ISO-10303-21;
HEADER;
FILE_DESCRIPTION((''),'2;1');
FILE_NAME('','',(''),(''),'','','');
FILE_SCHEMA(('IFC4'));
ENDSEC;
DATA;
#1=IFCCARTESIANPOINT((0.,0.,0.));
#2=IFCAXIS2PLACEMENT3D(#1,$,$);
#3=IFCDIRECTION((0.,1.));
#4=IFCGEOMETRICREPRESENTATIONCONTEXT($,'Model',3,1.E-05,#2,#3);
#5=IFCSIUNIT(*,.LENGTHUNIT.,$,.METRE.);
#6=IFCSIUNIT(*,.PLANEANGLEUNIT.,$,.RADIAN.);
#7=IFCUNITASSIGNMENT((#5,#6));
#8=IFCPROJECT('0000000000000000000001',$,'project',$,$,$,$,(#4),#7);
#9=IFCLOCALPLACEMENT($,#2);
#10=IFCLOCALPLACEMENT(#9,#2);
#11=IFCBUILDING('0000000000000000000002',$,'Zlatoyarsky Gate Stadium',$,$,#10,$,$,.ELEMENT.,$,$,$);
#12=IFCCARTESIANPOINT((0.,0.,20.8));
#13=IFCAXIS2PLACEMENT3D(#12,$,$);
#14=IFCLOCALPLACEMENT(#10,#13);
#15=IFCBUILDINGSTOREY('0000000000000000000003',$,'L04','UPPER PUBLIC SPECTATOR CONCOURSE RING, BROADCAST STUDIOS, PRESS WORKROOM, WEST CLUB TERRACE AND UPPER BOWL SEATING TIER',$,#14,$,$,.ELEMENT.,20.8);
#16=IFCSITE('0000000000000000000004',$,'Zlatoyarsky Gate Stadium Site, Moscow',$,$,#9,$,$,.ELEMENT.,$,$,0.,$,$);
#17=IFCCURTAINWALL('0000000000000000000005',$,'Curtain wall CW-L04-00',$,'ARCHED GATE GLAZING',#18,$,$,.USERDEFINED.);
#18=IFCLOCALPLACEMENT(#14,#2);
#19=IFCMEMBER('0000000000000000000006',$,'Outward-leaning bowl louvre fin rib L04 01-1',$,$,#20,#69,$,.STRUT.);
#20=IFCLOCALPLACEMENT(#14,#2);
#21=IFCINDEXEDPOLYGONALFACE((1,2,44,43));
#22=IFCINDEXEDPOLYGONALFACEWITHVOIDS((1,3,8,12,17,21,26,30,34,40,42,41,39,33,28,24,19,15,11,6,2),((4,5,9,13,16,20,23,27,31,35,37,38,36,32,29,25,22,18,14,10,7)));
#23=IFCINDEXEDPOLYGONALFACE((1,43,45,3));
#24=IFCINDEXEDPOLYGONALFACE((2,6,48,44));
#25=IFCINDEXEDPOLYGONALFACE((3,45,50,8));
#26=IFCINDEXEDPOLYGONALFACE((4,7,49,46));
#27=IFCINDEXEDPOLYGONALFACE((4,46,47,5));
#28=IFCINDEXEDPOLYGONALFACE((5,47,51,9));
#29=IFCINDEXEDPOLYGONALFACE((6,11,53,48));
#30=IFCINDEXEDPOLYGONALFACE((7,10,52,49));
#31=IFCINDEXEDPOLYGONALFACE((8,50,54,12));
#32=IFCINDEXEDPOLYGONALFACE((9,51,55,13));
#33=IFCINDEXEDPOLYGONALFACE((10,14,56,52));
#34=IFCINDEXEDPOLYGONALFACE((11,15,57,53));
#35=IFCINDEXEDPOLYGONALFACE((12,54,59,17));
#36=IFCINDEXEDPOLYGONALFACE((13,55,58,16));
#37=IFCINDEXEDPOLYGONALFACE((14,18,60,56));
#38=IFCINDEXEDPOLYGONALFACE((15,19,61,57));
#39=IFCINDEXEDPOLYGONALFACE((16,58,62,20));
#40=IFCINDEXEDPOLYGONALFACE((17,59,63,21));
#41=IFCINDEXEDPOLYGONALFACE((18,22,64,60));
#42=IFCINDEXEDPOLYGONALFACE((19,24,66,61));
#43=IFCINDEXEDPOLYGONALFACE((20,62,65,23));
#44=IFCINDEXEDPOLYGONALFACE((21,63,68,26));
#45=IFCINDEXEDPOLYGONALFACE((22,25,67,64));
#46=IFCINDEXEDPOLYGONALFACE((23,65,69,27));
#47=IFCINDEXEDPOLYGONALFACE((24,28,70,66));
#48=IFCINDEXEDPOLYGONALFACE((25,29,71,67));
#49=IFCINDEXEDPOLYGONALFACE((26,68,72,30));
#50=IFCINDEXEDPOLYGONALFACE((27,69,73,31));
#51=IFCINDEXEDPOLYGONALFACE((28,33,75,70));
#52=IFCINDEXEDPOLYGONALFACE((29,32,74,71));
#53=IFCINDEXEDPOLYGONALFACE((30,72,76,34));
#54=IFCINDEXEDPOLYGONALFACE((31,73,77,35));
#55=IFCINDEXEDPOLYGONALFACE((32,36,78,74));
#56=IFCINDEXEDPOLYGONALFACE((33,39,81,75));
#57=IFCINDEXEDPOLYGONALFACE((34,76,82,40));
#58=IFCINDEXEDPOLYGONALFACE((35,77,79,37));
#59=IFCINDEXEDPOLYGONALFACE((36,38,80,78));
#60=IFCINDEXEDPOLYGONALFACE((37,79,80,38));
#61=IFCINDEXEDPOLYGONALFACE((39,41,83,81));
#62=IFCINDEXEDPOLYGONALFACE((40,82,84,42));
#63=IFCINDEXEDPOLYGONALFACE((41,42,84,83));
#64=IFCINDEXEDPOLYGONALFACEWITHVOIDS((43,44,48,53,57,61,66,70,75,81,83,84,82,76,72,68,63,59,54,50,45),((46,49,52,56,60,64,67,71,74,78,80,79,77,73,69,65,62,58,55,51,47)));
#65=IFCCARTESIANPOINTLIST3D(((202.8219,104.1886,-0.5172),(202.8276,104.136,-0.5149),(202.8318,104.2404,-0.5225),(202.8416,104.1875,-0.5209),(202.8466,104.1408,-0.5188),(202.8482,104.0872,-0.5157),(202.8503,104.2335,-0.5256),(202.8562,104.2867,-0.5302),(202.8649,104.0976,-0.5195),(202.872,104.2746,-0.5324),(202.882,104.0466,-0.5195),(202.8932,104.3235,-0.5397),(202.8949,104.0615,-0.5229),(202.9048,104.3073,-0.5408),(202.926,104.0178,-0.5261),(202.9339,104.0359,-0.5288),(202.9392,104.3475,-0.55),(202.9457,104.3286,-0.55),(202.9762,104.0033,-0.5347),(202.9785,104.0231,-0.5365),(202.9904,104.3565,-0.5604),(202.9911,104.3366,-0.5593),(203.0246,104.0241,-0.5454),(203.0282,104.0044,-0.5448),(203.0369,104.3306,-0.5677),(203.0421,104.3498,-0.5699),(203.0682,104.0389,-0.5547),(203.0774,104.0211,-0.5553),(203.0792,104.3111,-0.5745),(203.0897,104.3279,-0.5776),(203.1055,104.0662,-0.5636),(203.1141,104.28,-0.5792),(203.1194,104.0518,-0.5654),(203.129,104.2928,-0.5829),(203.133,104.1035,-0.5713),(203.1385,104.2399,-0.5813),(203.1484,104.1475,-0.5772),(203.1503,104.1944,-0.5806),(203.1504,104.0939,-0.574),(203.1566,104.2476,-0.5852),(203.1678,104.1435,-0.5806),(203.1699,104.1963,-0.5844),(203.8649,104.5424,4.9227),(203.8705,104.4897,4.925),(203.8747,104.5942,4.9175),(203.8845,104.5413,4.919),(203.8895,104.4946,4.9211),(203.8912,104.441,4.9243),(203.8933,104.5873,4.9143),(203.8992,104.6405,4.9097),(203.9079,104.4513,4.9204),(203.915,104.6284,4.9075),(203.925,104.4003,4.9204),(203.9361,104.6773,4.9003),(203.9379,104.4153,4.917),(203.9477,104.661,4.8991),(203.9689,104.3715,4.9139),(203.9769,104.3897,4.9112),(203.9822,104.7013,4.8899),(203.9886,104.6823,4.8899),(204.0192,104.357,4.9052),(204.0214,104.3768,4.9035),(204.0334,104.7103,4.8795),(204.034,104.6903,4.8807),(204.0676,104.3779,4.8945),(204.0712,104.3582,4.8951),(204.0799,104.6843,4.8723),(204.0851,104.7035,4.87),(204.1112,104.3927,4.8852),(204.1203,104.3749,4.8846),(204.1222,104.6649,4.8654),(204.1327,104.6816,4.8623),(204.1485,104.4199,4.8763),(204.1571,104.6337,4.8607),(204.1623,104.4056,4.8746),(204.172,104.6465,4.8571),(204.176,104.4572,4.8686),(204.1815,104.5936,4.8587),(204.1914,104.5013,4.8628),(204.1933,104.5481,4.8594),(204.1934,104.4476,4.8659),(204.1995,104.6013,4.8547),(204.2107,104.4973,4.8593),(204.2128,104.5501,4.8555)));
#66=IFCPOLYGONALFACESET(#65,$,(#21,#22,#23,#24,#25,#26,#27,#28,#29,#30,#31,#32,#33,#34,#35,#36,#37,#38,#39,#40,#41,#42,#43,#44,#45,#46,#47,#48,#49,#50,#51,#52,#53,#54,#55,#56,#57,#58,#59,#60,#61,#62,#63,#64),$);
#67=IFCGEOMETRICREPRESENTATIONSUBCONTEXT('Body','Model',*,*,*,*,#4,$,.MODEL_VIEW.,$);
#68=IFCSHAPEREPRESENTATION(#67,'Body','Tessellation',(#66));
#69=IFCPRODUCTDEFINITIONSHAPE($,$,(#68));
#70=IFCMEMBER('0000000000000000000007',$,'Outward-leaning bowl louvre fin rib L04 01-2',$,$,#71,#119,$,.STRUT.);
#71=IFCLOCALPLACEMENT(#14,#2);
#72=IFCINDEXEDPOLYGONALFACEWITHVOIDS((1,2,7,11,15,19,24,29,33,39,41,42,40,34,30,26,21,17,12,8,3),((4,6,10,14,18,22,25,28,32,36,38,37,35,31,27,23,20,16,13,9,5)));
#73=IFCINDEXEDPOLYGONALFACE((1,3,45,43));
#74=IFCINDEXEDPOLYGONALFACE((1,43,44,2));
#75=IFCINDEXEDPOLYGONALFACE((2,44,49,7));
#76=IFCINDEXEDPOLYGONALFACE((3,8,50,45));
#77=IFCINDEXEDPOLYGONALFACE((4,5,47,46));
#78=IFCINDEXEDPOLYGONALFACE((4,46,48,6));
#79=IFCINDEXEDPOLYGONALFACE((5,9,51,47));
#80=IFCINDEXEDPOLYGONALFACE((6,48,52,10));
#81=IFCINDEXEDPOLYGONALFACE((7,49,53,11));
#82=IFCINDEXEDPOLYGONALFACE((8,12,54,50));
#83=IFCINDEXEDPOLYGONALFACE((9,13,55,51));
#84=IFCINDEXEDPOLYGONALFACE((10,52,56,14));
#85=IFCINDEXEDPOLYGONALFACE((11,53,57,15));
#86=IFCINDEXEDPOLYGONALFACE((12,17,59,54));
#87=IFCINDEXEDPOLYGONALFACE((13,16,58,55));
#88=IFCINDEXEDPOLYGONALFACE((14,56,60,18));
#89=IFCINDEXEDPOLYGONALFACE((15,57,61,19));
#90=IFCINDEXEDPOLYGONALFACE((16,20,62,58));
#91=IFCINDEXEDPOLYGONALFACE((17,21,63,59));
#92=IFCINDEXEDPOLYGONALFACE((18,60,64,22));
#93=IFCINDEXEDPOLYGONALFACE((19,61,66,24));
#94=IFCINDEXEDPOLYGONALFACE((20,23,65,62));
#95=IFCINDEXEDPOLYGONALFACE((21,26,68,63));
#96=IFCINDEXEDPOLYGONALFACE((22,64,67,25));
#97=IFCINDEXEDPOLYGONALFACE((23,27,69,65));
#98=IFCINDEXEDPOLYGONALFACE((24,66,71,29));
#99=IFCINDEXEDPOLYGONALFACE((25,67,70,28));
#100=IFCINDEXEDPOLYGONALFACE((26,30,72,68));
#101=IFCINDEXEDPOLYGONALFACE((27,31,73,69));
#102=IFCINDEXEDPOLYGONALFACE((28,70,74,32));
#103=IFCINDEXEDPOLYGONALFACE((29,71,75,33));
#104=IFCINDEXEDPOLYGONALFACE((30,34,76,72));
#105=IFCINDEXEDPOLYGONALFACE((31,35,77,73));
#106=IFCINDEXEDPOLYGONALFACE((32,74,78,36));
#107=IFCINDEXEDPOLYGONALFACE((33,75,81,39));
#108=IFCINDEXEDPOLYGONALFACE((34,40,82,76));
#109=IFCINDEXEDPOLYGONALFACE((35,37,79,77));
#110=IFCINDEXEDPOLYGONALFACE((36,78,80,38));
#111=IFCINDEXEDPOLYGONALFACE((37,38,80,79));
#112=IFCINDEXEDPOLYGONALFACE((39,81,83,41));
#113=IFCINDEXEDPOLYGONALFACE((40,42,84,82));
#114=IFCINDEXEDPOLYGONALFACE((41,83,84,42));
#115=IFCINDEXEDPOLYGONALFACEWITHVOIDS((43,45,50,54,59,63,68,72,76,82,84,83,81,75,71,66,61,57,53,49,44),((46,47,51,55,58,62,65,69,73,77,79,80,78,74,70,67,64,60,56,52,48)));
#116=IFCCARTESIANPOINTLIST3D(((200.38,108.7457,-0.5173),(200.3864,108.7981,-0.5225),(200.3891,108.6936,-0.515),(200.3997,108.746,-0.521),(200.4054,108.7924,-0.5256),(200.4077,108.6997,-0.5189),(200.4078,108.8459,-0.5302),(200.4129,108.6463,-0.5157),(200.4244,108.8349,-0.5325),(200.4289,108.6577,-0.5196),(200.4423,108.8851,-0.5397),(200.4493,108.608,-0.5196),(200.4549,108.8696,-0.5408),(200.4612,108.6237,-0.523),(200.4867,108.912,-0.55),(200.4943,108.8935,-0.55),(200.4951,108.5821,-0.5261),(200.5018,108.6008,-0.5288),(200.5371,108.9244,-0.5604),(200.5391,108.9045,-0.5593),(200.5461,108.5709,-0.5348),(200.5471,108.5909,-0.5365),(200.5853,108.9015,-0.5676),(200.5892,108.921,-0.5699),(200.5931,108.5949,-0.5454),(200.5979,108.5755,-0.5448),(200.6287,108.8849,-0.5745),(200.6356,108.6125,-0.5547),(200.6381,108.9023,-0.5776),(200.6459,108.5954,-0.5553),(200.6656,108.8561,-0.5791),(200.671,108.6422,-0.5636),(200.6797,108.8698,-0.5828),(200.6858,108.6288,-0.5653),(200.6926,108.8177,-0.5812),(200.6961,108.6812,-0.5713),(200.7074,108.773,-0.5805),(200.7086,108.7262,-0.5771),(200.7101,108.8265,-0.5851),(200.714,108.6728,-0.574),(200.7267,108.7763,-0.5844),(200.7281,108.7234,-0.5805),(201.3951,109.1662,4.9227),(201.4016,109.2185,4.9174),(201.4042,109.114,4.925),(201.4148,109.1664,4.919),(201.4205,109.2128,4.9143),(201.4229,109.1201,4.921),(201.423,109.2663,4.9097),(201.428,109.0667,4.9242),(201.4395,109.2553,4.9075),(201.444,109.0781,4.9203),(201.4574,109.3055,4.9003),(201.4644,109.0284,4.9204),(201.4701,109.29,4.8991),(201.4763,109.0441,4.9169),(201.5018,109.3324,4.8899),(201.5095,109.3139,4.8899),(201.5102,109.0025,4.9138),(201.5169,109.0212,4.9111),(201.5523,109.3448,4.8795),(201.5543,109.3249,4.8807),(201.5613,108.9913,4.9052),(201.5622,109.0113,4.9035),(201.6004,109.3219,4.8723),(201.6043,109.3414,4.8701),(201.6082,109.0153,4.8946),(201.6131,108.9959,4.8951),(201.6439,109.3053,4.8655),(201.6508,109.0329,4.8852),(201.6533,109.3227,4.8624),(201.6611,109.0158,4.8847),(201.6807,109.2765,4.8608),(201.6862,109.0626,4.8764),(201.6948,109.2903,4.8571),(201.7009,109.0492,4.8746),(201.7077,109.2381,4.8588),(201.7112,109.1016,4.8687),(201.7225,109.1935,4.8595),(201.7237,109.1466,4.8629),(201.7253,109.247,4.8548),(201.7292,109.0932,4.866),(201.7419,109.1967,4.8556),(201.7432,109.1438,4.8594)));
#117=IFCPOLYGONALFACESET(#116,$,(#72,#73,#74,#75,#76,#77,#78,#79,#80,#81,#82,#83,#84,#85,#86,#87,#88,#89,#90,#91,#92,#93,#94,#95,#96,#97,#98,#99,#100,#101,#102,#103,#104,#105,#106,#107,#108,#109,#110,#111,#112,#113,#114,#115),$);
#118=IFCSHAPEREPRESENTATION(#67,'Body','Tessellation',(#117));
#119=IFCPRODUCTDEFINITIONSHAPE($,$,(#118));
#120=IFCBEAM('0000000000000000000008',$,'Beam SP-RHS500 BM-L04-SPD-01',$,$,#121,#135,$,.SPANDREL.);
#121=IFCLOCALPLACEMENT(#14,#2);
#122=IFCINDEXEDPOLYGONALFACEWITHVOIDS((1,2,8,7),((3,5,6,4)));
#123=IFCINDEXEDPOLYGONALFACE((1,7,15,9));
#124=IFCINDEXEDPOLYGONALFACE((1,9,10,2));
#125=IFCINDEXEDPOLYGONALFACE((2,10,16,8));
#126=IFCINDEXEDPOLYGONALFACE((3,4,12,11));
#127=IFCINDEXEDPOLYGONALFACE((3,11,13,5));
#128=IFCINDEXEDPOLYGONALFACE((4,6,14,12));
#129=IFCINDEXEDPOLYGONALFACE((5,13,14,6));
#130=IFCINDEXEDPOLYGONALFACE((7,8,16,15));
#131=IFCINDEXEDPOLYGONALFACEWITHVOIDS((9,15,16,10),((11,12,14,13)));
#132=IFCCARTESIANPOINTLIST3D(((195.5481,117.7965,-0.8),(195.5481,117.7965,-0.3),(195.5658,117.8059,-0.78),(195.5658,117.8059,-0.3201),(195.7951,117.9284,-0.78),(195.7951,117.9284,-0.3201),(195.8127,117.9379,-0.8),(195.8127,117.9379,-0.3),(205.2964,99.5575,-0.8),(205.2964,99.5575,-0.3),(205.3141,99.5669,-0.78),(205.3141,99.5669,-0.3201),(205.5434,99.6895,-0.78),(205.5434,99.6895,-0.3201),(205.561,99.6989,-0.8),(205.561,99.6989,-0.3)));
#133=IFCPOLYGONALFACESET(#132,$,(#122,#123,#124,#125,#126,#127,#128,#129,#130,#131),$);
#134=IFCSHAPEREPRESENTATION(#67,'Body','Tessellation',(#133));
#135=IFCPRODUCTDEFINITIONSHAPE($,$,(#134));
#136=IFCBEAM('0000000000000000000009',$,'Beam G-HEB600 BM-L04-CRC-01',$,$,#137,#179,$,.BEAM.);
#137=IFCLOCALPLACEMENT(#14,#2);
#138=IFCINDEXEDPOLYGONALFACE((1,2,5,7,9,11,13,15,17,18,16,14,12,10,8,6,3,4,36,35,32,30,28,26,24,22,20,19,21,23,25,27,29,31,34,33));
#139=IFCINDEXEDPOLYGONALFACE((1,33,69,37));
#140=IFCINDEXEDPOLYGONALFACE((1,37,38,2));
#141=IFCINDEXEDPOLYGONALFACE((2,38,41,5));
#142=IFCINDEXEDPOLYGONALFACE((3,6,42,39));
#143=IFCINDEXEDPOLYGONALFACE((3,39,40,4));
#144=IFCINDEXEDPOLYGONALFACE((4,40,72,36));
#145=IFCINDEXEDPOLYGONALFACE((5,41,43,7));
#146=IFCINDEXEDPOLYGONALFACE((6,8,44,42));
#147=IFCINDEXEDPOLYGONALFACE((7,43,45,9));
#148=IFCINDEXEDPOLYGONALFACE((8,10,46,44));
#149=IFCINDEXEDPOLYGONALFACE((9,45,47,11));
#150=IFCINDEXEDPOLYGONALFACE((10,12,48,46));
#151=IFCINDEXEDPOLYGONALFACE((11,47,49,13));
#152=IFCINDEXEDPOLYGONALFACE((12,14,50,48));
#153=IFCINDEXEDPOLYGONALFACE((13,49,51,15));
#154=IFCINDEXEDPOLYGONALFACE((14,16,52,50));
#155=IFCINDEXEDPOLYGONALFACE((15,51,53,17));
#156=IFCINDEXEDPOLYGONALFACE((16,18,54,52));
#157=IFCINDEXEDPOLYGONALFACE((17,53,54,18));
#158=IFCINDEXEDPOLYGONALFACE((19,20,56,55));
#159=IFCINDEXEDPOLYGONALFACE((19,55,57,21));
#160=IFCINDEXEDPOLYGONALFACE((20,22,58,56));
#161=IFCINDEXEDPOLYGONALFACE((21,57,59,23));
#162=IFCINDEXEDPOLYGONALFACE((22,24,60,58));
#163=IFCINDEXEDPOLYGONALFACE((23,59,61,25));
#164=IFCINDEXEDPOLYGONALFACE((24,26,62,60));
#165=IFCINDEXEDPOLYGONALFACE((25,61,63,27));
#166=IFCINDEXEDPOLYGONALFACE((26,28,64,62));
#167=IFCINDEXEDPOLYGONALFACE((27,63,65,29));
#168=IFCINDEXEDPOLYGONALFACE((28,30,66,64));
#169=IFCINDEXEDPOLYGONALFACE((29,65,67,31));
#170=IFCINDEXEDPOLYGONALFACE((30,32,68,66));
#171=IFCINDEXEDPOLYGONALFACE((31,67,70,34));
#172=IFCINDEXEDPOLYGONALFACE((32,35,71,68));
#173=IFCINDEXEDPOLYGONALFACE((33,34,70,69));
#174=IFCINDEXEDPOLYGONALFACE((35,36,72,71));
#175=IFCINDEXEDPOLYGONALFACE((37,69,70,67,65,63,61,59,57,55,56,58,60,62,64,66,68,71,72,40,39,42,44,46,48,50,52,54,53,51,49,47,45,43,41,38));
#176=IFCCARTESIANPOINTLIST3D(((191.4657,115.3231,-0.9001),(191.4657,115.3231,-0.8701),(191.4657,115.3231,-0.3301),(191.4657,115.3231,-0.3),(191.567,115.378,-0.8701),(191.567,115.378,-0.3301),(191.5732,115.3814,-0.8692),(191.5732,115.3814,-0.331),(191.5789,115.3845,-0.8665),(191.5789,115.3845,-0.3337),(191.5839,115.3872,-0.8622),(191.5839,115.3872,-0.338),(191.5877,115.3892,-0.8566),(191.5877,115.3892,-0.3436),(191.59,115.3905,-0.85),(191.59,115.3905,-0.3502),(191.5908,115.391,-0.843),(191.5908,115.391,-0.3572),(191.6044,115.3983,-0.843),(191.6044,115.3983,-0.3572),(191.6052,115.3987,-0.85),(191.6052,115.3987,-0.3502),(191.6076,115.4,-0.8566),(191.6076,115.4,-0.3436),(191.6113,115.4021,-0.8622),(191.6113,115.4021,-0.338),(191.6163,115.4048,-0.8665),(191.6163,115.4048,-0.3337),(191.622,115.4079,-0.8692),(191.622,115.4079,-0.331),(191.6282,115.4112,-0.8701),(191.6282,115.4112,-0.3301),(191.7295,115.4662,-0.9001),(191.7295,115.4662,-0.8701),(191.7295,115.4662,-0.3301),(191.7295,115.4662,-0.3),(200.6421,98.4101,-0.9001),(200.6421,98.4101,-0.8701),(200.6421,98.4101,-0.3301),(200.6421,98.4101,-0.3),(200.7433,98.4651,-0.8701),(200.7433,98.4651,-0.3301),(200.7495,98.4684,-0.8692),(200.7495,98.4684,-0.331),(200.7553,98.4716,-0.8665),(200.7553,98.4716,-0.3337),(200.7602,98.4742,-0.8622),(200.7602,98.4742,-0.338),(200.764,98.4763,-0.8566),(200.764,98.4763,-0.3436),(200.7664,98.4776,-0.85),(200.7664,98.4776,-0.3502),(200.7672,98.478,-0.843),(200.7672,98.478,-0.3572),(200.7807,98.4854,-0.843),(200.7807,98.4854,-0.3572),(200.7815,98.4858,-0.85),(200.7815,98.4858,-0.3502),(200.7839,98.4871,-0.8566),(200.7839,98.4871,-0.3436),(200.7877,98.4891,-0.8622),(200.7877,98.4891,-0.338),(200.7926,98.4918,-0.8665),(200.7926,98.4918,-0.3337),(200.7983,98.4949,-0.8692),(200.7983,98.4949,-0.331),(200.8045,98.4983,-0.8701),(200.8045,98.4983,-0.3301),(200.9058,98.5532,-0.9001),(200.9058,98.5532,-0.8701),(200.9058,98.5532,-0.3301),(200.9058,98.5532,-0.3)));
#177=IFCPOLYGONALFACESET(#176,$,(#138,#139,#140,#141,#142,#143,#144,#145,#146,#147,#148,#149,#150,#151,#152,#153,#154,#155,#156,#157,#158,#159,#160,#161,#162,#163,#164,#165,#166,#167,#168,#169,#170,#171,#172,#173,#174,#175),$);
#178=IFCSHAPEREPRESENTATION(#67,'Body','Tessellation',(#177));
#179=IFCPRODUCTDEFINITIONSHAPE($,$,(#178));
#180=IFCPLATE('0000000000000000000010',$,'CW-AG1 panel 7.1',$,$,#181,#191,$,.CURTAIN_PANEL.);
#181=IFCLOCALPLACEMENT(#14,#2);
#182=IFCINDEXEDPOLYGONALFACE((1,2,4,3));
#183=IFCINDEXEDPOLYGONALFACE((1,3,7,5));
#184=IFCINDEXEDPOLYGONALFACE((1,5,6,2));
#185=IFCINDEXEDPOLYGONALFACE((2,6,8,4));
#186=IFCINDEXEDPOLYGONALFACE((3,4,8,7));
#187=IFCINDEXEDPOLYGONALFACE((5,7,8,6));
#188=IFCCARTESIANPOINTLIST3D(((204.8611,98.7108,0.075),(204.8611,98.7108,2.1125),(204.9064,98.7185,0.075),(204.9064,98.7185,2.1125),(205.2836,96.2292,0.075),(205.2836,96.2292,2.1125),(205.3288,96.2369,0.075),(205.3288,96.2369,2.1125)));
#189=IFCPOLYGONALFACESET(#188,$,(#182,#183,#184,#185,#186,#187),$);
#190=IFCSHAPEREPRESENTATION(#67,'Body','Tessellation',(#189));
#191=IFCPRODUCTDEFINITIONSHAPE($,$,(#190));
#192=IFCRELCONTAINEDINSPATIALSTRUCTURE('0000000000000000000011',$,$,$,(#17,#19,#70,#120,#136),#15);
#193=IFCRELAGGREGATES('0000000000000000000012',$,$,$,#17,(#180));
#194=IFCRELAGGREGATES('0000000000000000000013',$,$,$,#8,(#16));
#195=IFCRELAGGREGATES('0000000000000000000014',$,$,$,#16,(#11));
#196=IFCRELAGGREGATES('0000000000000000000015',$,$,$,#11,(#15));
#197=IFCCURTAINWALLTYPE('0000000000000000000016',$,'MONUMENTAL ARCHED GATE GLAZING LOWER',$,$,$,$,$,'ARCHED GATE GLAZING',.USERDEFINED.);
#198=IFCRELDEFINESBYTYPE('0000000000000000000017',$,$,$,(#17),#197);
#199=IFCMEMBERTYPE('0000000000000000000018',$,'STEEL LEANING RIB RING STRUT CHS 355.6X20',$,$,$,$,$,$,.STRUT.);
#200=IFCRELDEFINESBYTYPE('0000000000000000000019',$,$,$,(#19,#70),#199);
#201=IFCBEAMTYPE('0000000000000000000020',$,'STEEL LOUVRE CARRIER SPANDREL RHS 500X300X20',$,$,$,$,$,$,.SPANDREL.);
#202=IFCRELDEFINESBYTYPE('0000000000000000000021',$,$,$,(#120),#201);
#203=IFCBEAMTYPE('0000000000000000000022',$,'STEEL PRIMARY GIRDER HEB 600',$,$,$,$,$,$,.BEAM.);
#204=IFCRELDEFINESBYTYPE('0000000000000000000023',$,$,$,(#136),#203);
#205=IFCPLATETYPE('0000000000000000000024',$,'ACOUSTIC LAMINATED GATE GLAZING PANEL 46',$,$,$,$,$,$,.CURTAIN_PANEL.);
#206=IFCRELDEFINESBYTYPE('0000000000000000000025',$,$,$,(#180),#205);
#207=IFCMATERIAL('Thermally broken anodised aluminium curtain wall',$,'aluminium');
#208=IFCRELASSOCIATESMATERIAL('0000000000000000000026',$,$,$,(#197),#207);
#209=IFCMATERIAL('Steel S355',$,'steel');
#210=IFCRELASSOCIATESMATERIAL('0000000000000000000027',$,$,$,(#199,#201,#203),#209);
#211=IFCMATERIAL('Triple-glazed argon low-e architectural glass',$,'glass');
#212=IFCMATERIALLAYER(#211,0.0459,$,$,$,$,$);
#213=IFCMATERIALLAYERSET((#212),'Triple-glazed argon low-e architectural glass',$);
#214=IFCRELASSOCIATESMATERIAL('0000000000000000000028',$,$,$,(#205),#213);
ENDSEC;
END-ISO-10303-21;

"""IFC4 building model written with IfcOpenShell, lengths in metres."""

from ifc_helpers import new_model, si_unit, direction, frame, origin, origin_2d, place, context, subcontext, project, spatial, rectangle, hollow_rectangle, hollow_circle, i_section, extrude, material, layer, layer_set, material_profile, profile_set, type_object, element, aggregate, save


model = new_model("IFC4")

# Units and contexts
model_context = context("Model", 3, precision=1e-05, world=origin(), true_north=direction((0.0, 1.0)))
body_context = subcontext(model_context, "Body", "Model", "MODEL_VIEW")
ifc_project = project(units=[si_unit("LENGTHUNIT", "METRE"), si_unit("PLANEANGLEUNIT", "RADIAN")], contexts=[model_context])

# Site, building, storey
site_placement = place(None, origin())
site = spatial("IfcSite", under=ifc_project, at=site_placement, Name="Zlatoyarsky Gate Stadium Site, Moscow", CompositionType="ELEMENT", RefElevation=0.0)
building_placement = place(site_placement, origin())
building = spatial("IfcBuilding", under=site, at=building_placement, Name="Zlatoyarsky Gate Stadium", CompositionType="ELEMENT")
storey_placement = place(building_placement, frame((0.0, 0.0, 20.8)))
storey = spatial("IfcBuildingStorey", under=building, at=storey_placement, Name="L04", Description="UPPER PUBLIC SPECTATOR CONCOURSE RING, BROADCAST STUDIOS, PRESS WORKROOM, WEST CLUB TERRACE AND UPPER BOWL SEATING TIER", CompositionType="ELEMENT", Elevation=20.8)

# Shared definitions
ifc_material_1 = material(Name="Steel S355", Category="steel")

# Curtain wall
ifc_material_2 = material(Name="Thermally broken anodised aluminium curtain wall", Category="aluminium")
curtain_wall_type_1 = type_object("IfcCurtainWallType", Name="MONUMENTAL ARCHED GATE GLAZING LOWER", ElementType="ARCHED GATE GLAZING", PredefinedType="USERDEFINED", material=ifc_material_2)
curtain_wall_1_placement = place(storey_placement, origin())
curtain_wall_1 = element("IfcCurtainWall", 1, at=curtain_wall_1_placement, inside=storey, type_object=curtain_wall_type_1, Name="Curtain wall CW-L04-00", ObjectType="ARCHED GATE GLAZING", PredefinedType="USERDEFINED")

# Members
ifc_material_profile_1 = material_profile(ifc_material_1, hollow_circle(Radius=0.1777, WallThickness=0.02, at=origin_2d()), Name="CHS 355.6X20")
ifc_profile_set_1 = profile_set([ifc_material_profile_1], Name="Steel S355")
member_type_1 = type_object("IfcMemberType", Name="STEEL LEANING RIB RING STRUT CHS 355.6X20", PredefinedType="STRUT", material=ifc_profile_set_1)
member_1_placement = place(storey_placement, frame((202.9963, 104.1792, -0.55), z_axis=(0.187912, 0.063737, 0.980116), x_axis=(-0.321211, 0.947008, 0.0)))
element("IfcMember", 2, at=member_1_placement, inside=storey, type_object=member_type_1, Name="Outward-leaning bowl louvre fin rib L04 01-1", PredefinedType="STRUT", context=body_context, shape_type="SweptSolid", body=[
    extrude(hollow_circle(Radius=0.1777, WallThickness=0.02, at=origin_2d()), origin(), (0.0, 0.0, 1.0), 5.5503),
])
member_2_placement = place(storey_placement, frame((200.5547, 108.7478, -0.55), z_axis=(0.182914, 0.075752, 0.980206), x_axis=(-0.382627, 0.923903, 0.0)))
element("IfcMember", 3, at=member_2_placement, inside=storey, type_object=member_type_1, Name="Outward-leaning bowl louvre fin rib L04 01-2", PredefinedType="STRUT", context=body_context, shape_type="SweptSolid", body=[
    extrude(hollow_circle(Radius=0.1777, WallThickness=0.02, at=origin_2d()), origin(), (0.0, 0.0, 1.0), 5.5498),
])

# Beams
ifc_material_profile_2 = material_profile(ifc_material_1, hollow_rectangle(XDim=0.3, YDim=0.5, WallThickness=0.02, at=origin_2d()), Name="RHS 500X300X20")
ifc_profile_set_2 = profile_set([ifc_material_profile_2], Name="Steel S355")
beam_type_1 = type_object("IfcBeamType", Name="STEEL LOUVRE CARRIER SPANDREL RHS 500X300X20", PredefinedType="SPANDREL", material=ifc_profile_set_2)
beam_1_placement = place(storey_placement, frame((205.4287, 99.6282, -0.55), z_axis=(-0.471372, 0.881935, 0.0), x_axis=(-0.881935, -0.471372, 0.0)))
element("IfcBeam", 4, at=beam_1_placement, inside=storey, type_object=beam_type_1, Name="Beam SP-RHS500 BM-L04-SPD-01", PredefinedType="SPANDREL", context=body_context, shape_type="SweptSolid", body=[
    extrude(hollow_rectangle(XDim=0.3, YDim=0.5, WallThickness=0.02, at=origin_2d()), origin(), (0.0, 0.0, 1.0), 20.6807),
])
ifc_material_profile_3 = material_profile(ifc_material_1, i_section(OverallWidth=0.3, OverallDepth=0.6001, WebThickness=0.0154, FlangeThickness=0.03, FilletRadius=0.0271, at=origin_2d()), Name="HEB 600")
ifc_profile_set_3 = profile_set([ifc_material_profile_3], Name="Steel S355")
beam_type_2 = type_object("IfcBeamType", Name="STEEL PRIMARY GIRDER HEB 600", PredefinedType="BEAM", material=ifc_profile_set_3)
beam_2_placement = place(storey_placement, frame((200.7739, 98.4817, -0.6001), z_axis=(-0.476892, 0.878962, 0.0), x_axis=(-0.878962, -0.476892, 0.0)))
element("IfcBeam", 5, at=beam_2_placement, inside=storey, type_object=beam_type_2, Name="Beam G-HEB600 BM-L04-CRC-01", PredefinedType="BEAM", context=body_context, shape_type="SweptSolid", body=[
    extrude(i_section(OverallWidth=0.3, OverallDepth=0.6001, WebThickness=0.0154, FlangeThickness=0.03, FilletRadius=0.0271, at=origin_2d()), origin(), (0.0, 0.0, 1.0), 19.2419),
])

# Plate
ifc_material_3 = material(Name="Triple-glazed argon low-e architectural glass", Category="glass")
ifc_layer_1 = layer(ifc_material_3, 0.0459)
ifc_layer_set_1 = layer_set([ifc_layer_1], Name="Triple-glazed argon low-e architectural glass")
plate_type_1 = type_object("IfcPlateType", Name="ACOUSTIC LAMINATED GATE GLAZING PANEL 46", PredefinedType="CURTAIN_PANEL", material=ifc_layer_set_1)
plate_1_placement = place(storey_placement, frame((205.095, 97.4739, 0.075), z_axis=(0.0, 0.0, 1.0), x_axis=(-0.167821, 0.985817, 0.0)))
plate_1 = element("IfcPlate", 6, at=plate_1_placement, type_object=plate_type_1, Name="CW-AG1 panel 7.1", PredefinedType="CURTAIN_PANEL", context=body_context, shape_type="SweptSolid", body=[
    extrude(rectangle(XDim=2.5173, YDim=0.0459, at=origin_2d()), origin(), (0.0, 0.0, 1.0), 2.0376),
])
aggregate(curtain_wall_1, [plate_1])

save(model, "model.ifc")
